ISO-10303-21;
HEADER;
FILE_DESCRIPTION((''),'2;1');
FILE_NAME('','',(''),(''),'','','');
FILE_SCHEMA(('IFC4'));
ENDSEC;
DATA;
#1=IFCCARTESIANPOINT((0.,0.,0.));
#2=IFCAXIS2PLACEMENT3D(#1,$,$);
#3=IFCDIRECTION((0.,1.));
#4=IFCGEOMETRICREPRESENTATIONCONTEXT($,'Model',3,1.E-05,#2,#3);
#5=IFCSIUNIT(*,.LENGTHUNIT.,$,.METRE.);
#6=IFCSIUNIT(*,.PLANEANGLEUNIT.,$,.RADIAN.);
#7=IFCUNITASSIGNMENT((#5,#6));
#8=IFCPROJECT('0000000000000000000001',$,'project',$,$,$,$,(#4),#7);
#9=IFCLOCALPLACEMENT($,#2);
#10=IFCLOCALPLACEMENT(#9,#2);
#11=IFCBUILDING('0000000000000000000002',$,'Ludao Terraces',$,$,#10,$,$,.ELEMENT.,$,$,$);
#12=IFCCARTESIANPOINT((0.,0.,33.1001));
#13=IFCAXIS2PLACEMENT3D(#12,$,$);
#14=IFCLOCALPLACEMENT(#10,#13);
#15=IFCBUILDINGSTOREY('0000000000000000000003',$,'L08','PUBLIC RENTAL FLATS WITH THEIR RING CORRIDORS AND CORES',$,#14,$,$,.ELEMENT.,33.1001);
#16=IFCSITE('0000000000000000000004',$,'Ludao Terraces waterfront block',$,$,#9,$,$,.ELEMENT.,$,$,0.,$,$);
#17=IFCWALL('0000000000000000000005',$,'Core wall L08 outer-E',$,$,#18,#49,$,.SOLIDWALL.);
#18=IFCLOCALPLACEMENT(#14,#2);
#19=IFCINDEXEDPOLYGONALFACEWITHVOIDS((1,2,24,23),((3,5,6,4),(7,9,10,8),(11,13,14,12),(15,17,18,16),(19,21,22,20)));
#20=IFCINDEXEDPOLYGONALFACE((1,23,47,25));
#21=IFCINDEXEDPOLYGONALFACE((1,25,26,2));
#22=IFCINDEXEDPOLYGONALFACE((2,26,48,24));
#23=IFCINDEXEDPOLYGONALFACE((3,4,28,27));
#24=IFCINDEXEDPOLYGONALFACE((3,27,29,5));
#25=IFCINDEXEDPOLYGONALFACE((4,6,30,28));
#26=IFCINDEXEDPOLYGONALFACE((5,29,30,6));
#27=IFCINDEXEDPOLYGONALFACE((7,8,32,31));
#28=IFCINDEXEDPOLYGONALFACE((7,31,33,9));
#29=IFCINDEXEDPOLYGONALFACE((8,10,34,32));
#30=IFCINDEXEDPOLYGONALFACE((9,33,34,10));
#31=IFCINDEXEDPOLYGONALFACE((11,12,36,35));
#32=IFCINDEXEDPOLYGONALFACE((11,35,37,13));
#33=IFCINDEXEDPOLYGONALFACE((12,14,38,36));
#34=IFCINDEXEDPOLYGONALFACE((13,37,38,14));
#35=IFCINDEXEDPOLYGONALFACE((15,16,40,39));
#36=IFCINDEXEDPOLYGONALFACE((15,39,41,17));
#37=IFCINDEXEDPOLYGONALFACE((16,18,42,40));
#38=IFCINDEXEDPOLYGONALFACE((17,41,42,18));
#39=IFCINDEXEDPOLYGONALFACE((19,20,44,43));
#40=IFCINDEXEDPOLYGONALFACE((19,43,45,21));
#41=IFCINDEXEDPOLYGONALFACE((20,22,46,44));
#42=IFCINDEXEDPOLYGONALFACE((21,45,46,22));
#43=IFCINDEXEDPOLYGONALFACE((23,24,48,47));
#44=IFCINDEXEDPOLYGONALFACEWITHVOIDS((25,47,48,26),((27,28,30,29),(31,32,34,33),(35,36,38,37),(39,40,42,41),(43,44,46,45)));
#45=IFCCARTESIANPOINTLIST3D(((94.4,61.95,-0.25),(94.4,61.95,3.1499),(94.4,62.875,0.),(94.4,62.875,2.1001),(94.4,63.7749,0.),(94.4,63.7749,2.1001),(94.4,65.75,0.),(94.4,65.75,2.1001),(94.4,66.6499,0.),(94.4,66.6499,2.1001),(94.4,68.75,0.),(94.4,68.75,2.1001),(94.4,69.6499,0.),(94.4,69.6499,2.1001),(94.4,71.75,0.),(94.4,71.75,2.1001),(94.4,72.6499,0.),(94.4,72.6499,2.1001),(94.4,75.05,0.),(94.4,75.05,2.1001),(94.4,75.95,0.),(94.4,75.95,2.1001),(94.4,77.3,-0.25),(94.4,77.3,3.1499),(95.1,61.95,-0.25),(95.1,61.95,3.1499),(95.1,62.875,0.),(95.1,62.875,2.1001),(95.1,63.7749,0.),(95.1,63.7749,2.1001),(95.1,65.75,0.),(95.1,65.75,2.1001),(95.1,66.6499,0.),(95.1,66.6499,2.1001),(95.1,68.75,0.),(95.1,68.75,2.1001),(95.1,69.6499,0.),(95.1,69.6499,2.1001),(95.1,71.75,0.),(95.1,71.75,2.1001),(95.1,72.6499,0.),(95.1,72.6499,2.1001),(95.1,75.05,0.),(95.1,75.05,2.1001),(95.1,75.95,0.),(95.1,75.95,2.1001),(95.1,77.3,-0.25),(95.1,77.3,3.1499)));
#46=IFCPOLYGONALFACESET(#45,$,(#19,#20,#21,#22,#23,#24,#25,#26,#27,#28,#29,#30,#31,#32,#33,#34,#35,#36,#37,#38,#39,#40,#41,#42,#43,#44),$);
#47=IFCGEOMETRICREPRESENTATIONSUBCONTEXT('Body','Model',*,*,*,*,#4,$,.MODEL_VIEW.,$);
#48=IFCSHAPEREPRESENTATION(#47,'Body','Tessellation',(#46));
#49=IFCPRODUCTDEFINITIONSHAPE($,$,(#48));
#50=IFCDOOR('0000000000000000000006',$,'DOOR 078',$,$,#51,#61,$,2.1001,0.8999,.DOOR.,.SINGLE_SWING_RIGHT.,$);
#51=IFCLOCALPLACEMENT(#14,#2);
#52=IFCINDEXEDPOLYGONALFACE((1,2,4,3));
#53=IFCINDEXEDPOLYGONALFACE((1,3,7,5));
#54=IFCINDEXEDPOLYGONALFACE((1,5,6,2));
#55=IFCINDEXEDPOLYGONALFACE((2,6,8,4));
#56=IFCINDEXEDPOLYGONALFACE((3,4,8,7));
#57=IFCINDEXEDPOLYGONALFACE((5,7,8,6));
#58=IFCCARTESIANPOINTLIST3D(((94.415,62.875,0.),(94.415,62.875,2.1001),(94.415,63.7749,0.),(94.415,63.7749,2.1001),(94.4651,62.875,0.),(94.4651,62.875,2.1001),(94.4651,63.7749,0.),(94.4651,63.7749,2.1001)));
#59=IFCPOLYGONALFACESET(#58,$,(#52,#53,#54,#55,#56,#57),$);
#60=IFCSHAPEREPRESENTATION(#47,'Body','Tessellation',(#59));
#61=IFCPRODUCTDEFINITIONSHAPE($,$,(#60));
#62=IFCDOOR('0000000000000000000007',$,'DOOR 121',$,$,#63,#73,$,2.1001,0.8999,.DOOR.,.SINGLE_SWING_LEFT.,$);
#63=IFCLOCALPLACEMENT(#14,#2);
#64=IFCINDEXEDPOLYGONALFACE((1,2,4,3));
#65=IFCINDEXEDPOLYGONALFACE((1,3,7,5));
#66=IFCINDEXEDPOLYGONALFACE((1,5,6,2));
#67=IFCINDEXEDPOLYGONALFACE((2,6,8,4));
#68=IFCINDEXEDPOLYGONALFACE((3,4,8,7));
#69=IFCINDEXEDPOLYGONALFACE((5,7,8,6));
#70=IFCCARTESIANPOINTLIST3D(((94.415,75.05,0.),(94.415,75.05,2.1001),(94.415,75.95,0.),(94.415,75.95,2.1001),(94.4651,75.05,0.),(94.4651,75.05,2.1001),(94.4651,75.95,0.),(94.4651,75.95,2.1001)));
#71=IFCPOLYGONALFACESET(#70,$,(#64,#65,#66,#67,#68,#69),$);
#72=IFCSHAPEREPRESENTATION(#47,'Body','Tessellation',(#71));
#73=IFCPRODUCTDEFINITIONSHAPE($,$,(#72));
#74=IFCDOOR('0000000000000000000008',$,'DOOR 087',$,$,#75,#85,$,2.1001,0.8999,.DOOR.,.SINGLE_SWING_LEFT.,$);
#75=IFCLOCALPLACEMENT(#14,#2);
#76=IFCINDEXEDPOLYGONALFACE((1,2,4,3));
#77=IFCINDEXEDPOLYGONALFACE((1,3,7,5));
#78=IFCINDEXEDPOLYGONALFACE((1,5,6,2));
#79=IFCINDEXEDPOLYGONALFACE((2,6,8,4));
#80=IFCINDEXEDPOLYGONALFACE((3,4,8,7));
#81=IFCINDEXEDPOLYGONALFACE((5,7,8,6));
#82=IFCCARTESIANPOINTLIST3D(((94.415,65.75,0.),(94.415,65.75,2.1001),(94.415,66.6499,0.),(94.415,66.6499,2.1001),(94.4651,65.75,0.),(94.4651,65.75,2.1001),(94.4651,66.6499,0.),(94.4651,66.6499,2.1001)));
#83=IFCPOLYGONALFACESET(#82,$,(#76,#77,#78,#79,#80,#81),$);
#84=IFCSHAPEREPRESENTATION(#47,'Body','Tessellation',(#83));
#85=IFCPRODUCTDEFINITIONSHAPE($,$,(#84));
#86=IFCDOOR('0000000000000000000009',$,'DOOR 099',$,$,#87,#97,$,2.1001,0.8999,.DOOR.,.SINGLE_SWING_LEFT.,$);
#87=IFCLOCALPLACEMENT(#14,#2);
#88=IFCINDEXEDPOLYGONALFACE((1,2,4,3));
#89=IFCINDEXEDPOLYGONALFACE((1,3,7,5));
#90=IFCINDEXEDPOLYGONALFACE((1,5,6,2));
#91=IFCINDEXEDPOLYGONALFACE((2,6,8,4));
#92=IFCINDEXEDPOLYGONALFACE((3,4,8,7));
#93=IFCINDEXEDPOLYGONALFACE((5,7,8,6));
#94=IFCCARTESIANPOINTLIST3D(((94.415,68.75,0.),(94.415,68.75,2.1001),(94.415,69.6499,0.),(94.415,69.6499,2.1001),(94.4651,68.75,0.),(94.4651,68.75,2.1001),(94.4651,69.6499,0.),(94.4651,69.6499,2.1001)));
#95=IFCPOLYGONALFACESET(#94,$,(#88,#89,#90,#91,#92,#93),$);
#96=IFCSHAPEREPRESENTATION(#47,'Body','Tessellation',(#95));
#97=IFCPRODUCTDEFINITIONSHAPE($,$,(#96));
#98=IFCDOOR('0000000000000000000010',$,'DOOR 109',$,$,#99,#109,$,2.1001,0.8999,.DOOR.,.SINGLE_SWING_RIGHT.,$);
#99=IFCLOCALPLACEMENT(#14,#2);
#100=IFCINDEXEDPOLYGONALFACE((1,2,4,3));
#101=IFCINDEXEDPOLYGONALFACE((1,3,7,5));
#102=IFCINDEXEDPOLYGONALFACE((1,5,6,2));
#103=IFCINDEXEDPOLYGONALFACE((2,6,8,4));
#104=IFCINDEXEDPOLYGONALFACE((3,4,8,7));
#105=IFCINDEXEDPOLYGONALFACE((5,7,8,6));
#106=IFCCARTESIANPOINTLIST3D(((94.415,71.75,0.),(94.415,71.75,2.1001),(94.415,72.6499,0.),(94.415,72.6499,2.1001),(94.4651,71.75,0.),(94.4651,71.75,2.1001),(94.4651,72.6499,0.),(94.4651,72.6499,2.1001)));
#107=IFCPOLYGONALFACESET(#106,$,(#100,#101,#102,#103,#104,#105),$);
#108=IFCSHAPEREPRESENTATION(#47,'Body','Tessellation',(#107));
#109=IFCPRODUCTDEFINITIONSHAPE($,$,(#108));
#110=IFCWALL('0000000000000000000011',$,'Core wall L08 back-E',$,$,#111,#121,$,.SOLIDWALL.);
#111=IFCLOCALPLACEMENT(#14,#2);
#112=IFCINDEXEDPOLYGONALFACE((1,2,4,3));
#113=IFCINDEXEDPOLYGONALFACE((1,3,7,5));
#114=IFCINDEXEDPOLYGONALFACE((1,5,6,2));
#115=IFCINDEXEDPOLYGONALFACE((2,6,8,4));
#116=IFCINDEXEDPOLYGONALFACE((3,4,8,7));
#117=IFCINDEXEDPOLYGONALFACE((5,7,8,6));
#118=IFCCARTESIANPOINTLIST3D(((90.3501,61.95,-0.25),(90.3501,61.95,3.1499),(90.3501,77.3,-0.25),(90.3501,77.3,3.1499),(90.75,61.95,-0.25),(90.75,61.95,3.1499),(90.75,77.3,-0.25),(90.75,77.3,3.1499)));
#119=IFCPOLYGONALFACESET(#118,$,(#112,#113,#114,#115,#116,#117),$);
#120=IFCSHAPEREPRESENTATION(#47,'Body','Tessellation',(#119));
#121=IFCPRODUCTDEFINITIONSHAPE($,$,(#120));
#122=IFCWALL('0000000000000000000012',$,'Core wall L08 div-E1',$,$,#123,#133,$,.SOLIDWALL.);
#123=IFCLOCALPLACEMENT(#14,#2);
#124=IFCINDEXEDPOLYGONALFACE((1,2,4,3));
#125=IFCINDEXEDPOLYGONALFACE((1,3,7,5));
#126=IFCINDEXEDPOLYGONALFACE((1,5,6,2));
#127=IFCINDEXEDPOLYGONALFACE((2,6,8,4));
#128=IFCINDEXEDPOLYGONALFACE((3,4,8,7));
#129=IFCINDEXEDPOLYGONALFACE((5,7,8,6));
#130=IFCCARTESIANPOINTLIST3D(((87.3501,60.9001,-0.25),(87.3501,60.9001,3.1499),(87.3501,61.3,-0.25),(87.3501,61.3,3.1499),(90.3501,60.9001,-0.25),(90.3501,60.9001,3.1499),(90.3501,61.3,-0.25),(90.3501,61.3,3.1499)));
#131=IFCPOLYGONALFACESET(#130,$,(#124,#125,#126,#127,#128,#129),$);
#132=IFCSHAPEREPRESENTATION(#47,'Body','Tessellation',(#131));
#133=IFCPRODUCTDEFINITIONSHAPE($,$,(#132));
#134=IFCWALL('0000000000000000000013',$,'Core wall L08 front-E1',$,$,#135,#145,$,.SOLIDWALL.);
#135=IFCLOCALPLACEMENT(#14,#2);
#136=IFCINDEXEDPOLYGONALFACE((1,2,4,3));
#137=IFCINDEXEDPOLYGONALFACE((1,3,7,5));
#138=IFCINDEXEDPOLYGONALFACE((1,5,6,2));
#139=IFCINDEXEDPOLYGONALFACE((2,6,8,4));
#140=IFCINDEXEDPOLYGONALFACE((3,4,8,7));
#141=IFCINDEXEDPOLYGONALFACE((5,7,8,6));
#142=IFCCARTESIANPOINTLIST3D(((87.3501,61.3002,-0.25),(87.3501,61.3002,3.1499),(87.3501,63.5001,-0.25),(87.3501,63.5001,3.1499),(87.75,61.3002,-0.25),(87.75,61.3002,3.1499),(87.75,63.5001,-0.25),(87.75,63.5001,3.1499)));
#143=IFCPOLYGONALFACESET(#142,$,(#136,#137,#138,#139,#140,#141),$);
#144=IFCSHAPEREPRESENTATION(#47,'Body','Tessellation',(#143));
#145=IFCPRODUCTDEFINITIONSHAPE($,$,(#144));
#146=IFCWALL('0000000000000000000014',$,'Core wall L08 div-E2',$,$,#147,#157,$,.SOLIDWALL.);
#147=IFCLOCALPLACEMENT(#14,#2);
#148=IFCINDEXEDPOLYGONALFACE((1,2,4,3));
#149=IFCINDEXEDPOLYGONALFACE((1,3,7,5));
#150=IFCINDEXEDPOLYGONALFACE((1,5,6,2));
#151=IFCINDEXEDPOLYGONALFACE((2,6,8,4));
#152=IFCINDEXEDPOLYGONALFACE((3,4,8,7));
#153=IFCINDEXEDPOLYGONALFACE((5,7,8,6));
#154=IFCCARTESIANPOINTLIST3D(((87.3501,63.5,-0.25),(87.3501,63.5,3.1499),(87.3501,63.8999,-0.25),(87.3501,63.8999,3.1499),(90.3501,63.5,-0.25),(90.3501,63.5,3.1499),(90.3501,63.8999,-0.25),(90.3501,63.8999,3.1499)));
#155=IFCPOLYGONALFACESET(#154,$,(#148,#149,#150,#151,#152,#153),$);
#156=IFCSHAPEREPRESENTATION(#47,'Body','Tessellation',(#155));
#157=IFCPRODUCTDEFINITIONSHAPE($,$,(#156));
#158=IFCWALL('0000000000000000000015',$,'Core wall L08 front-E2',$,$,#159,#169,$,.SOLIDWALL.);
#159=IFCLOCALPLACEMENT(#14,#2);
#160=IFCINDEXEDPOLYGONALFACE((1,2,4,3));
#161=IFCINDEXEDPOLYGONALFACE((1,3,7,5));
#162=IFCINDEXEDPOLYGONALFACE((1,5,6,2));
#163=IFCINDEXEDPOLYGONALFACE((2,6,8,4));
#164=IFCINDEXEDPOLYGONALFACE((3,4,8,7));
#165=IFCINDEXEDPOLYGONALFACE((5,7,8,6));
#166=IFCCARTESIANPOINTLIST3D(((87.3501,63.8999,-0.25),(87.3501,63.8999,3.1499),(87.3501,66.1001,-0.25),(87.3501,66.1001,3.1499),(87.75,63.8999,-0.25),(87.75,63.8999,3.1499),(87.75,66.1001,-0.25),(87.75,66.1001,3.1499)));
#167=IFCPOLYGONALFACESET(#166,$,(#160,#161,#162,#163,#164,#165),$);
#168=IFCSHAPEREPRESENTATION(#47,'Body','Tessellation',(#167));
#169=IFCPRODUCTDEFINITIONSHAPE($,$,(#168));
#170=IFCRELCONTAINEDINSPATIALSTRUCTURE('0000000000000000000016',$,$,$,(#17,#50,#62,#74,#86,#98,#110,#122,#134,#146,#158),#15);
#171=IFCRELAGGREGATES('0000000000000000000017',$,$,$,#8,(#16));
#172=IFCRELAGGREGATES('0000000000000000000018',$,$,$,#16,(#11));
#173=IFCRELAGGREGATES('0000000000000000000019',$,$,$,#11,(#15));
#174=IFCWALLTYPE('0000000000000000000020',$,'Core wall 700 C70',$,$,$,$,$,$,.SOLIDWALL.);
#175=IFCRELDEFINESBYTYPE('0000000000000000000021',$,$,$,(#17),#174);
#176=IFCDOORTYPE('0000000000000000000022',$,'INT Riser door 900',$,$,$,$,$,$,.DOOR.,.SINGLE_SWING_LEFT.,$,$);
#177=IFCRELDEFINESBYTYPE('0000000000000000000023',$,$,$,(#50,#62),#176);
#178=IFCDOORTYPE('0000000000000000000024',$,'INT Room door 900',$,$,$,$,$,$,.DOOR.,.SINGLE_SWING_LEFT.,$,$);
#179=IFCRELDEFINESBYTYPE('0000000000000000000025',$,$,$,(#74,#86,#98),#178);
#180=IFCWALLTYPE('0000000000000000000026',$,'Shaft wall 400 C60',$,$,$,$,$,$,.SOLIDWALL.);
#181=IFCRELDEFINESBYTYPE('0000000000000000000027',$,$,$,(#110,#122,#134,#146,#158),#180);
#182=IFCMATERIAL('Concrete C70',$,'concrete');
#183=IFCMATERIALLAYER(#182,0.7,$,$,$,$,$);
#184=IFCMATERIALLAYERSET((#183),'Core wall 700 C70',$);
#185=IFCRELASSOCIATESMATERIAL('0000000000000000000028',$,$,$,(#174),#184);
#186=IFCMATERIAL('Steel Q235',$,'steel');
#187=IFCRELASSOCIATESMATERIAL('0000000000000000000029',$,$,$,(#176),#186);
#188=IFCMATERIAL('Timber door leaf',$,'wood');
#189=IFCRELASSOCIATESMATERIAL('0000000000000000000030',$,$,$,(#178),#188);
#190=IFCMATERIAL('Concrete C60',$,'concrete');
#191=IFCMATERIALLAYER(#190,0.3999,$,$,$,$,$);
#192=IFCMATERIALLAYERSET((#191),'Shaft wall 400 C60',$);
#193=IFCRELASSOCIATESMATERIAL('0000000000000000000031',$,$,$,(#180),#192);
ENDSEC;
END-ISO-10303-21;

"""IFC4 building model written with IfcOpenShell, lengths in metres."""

from ifc_helpers import new_model, si_unit, direction, frame, frame_2d, origin, place, context, subcontext, project, spatial, rectangle, extrude, material, layer, layer_set, type_object, element, fill, save


model = new_model("IFC4")

# Units and contexts
model_context = context("Model", 3, precision=1e-05, world=origin(), true_north=direction((0.0, 1.0)))
body_context = subcontext(model_context, "Body", "Model", "MODEL_VIEW")
ifc_project = project(units=[si_unit("LENGTHUNIT", "METRE"), si_unit("PLANEANGLEUNIT", "RADIAN")], contexts=[model_context])

# Site, building, storey
site_placement = place(None, origin())
site = spatial("IfcSite", under=ifc_project, at=site_placement, Name="Ludao Terraces waterfront block", CompositionType="ELEMENT", RefElevation=0.0)
building_placement = place(site_placement, origin())
building = spatial("IfcBuilding", under=site, at=building_placement, Name="Ludao Terraces", CompositionType="ELEMENT")
storey_placement = place(building_placement, frame((0.0, 0.0, 33.1001)))
storey = spatial("IfcBuildingStorey", under=building, at=storey_placement, Name="L08", Description="PUBLIC RENTAL FLATS WITH THEIR RING CORRIDORS AND CORES", CompositionType="ELEMENT", Elevation=33.1001)

# Wall, openings, doors
ifc_material_1 = material(Name="Concrete C70", Category="concrete")
ifc_layer_1 = layer(ifc_material_1, 0.7)
ifc_layer_set_1 = layer_set([ifc_layer_1], Name="Core wall 700 C70")
wall_type_1 = type_object("IfcWallType", Name="Core wall 700 C70", PredefinedType="SOLIDWALL", material=ifc_layer_set_1)
wall_1_placement = place(storey_placement, frame((94.75, 61.95, -0.25), z_axis=(0.0, 0.0, 1.0), x_axis=(0.0, 1.0, 0.0)))
wall_1 = element("IfcWall", 1, at=wall_1_placement, inside=storey, type_object=wall_type_1, Name="Core wall L08 outer-E", PredefinedType="SOLIDWALL", context=body_context, shape_type="SweptSolid", body=[
    extrude(rectangle(XDim=15.3501, YDim=0.7, at=frame_2d((7.675, 0.0))), origin(), (0.0, 0.0, 1.0), 3.3999),
])
opening_1_placement = place(wall_1_placement, frame((0.925, 0.0, 0.25)))
opening_1 = element("IfcOpeningElement", 2, at=opening_1_placement, cuts=wall_1, PredefinedType="OPENING", context=body_context, shape_type="SweptSolid", body=[
    extrude(rectangle(XDim=0.8999, YDim=2.1001, at=frame_2d((0.45, 1.05))), frame((0.0, 0.3599, 0.0), z_axis=(0.0, -1.0, 0.0), x_axis=(1.0, 0.0, 0.0)), (0.0, 0.0, 1.0), 0.72),
])
opening_2_placement = place(wall_1_placement, frame((3.8, 0.0, 0.25)))
opening_2 = element("IfcOpeningElement", 3, at=opening_2_placement, cuts=wall_1, PredefinedType="OPENING", context=body_context, shape_type="SweptSolid", body=[
    extrude(rectangle(XDim=0.8999, YDim=2.1001, at=frame_2d((0.45, 1.05))), frame((0.0, 0.3599, 0.0), z_axis=(0.0, -1.0, 0.0), x_axis=(1.0, 0.0, 0.0)), (0.0, 0.0, 1.0), 0.72),
])
opening_3_placement = place(wall_1_placement, frame((6.8, 0.0, 0.25)))
opening_3 = element("IfcOpeningElement", 4, at=opening_3_placement, cuts=wall_1, PredefinedType="OPENING", context=body_context, shape_type="SweptSolid", body=[
    extrude(rectangle(XDim=0.8999, YDim=2.1001, at=frame_2d((0.45, 1.05))), frame((0.0, 0.3599, 0.0), z_axis=(0.0, -1.0, 0.0), x_axis=(1.0, 0.0, 0.0)), (0.0, 0.0, 1.0), 0.72),
])
opening_4_placement = place(wall_1_placement, frame((9.8, 0.0, 0.25)))
opening_4 = element("IfcOpeningElement", 5, at=opening_4_placement, cuts=wall_1, PredefinedType="OPENING", context=body_context, shape_type="SweptSolid", body=[
    extrude(rectangle(XDim=0.8999, YDim=2.1001, at=frame_2d((0.45, 1.05))), frame((0.0, 0.3599, 0.0), z_axis=(0.0, -1.0, 0.0), x_axis=(1.0, 0.0, 0.0)), (0.0, 0.0, 1.0), 0.72),
])
opening_5_placement = place(wall_1_placement, frame((13.1001, 0.0, 0.25)))
opening_5 = element("IfcOpeningElement", 6, at=opening_5_placement, cuts=wall_1, PredefinedType="OPENING", context=body_context, shape_type="SweptSolid", body=[
    extrude(rectangle(XDim=0.8999, YDim=2.1001, at=frame_2d((0.45, 1.05))), frame((0.0, 0.3599, 0.0), z_axis=(0.0, -1.0, 0.0), x_axis=(1.0, 0.0, 0.0)), (0.0, 0.0, 1.0), 0.72),
])
ifc_material_2 = material(Name="Steel Q235", Category="steel")
door_type_1 = type_object("IfcDoorType", Name="INT Riser door 900", OperationType="SINGLE_SWING_LEFT", PredefinedType="DOOR", material=ifc_material_2)
door_1_placement = place(opening_1_placement, origin())
door_1 = element("IfcDoor", 7, at=door_1_placement, inside=storey, type_object=door_type_1, Name="DOOR 078", OperationType="SINGLE_SWING_RIGHT", OverallHeight=2.1001, OverallWidth=0.8999, PredefinedType="DOOR", context=body_context, shape_type="SweptSolid", body=[
    extrude(rectangle(XDim=0.8999, YDim=2.1001, at=frame_2d((0.45, 1.05))), frame((0.0, 0.335, 0.0), z_axis=(0.0, -1.0, 0.0), x_axis=(1.0, 0.0, 0.0)), (0.0, 0.0, 1.0), 0.05),
])
fill(opening_1, door_1)
door_2_placement = place(opening_5_placement, origin())
door_2 = element("IfcDoor", 8, at=door_2_placement, inside=storey, type_object=door_type_1, Name="DOOR 121", OperationType="SINGLE_SWING_LEFT", OverallHeight=2.1001, OverallWidth=0.8999, PredefinedType="DOOR", context=body_context, shape_type="SweptSolid", body=[
    extrude(rectangle(XDim=0.8999, YDim=2.1001, at=frame_2d((0.45, 1.05))), frame((0.0, 0.335, 0.0), z_axis=(0.0, -1.0, 0.0), x_axis=(1.0, 0.0, 0.0)), (0.0, 0.0, 1.0), 0.05),
])
fill(opening_5, door_2)
ifc_material_3 = material(Name="Timber door leaf", Category="wood")
door_type_2 = type_object("IfcDoorType", Name="INT Room door 900", OperationType="SINGLE_SWING_LEFT", PredefinedType="DOOR", material=ifc_material_3)
door_3_placement = place(opening_2_placement, origin())
door_3 = element("IfcDoor", 9, at=door_3_placement, inside=storey, type_object=door_type_2, Name="DOOR 087", OperationType="SINGLE_SWING_LEFT", OverallHeight=2.1001, OverallWidth=0.8999, PredefinedType="DOOR", context=body_context, shape_type="SweptSolid", body=[
    extrude(rectangle(XDim=0.8999, YDim=2.1001, at=frame_2d((0.45, 1.05))), frame((0.0, 0.335, 0.0), z_axis=(0.0, -1.0, 0.0), x_axis=(1.0, 0.0, 0.0)), (0.0, 0.0, 1.0), 0.05),
])
fill(opening_2, door_3)
door_4_placement = place(opening_3_placement, origin())
door_4 = element("IfcDoor", 10, at=door_4_placement, inside=storey, type_object=door_type_2, Name="DOOR 099", OperationType="SINGLE_SWING_LEFT", OverallHeight=2.1001, OverallWidth=0.8999, PredefinedType="DOOR", context=body_context, shape_type="SweptSolid", body=[
    extrude(rectangle(XDim=0.8999, YDim=2.1001, at=frame_2d((0.45, 1.05))), frame((0.0, 0.335, 0.0), z_axis=(0.0, -1.0, 0.0), x_axis=(1.0, 0.0, 0.0)), (0.0, 0.0, 1.0), 0.05),
])
fill(opening_3, door_4)
door_5_placement = place(opening_4_placement, origin())
door_5 = element("IfcDoor", 11, at=door_5_placement, inside=storey, type_object=door_type_2, Name="DOOR 109", OperationType="SINGLE_SWING_RIGHT", OverallHeight=2.1001, OverallWidth=0.8999, PredefinedType="DOOR", context=body_context, shape_type="SweptSolid", body=[
    extrude(rectangle(XDim=0.8999, YDim=2.1001, at=frame_2d((0.45, 1.05))), frame((0.0, 0.335, 0.0), z_axis=(0.0, -1.0, 0.0), x_axis=(1.0, 0.0, 0.0)), (0.0, 0.0, 1.0), 0.05),
])
fill(opening_4, door_5)

# Walls
ifc_material_4 = material(Name="Concrete C60", Category="concrete")
ifc_layer_2 = layer(ifc_material_4, 0.3999)
ifc_layer_set_2 = layer_set([ifc_layer_2], Name="Shaft wall 400 C60")
wall_type_2 = type_object("IfcWallType", Name="Shaft wall 400 C60", PredefinedType="SOLIDWALL", material=ifc_layer_set_2)
wall_2_placement = place(storey_placement, frame((90.55, 61.95, -0.25), z_axis=(0.0, 0.0, 1.0), x_axis=(0.0, 1.0, 0.0)))
element("IfcWall", 12, at=wall_2_placement, inside=storey, type_object=wall_type_2, Name="Core wall L08 back-E", PredefinedType="SOLIDWALL", context=body_context, shape_type="SweptSolid", body=[
    extrude(rectangle(XDim=15.3501, YDim=0.3999, at=frame_2d((7.675, 0.0))), origin(), (0.0, 0.0, 1.0), 3.3999),
])
wall_3_placement = place(storey_placement, frame((87.3501, 61.1001, -0.25), z_axis=(0.0, 0.0, 1.0), x_axis=(1.0, 0.0, 0.0)))
element("IfcWall", 13, at=wall_3_placement, inside=storey, type_object=wall_type_2, Name="Core wall L08 div-E1", PredefinedType="SOLIDWALL", context=body_context, shape_type="SweptSolid", body=[
    extrude(rectangle(XDim=3.0, YDim=0.3999, at=frame_2d((1.5, 0.0))), origin(), (0.0, 0.0, 1.0), 3.3999),
])
wall_4_placement = place(storey_placement, frame((87.55, 61.3, -0.25), z_axis=(0.0, 0.0, 1.0), x_axis=(0.0, 1.0, 0.0)))
element("IfcWall", 14, at=wall_4_placement, inside=storey, type_object=wall_type_2, Name="Core wall L08 front-E1", PredefinedType="SOLIDWALL", context=body_context, shape_type="SweptSolid", body=[
    extrude(rectangle(XDim=2.2, YDim=0.3999, at=frame_2d((1.1001, 0.0))), origin(), (0.0, 0.0, 1.0), 3.3999),
])
wall_5_placement = place(storey_placement, frame((87.3501, 63.7, -0.25), z_axis=(0.0, 0.0, 1.0), x_axis=(1.0, 0.0, 0.0)))
element("IfcWall", 15, at=wall_5_placement, inside=storey, type_object=wall_type_2, Name="Core wall L08 div-E2", PredefinedType="SOLIDWALL", context=body_context, shape_type="SweptSolid", body=[
    extrude(rectangle(XDim=3.0, YDim=0.3999, at=frame_2d((1.5, 0.0))), origin(), (0.0, 0.0, 1.0), 3.3999),
])
wall_6_placement = place(storey_placement, frame((87.55, 63.8999, -0.25), z_axis=(0.0, 0.0, 1.0), x_axis=(0.0, 1.0, 0.0)))
element("IfcWall", 16, at=wall_6_placement, inside=storey, type_object=wall_type_2, Name="Core wall L08 front-E2", PredefinedType="SOLIDWALL", context=body_context, shape_type="SweptSolid", body=[
    extrude(rectangle(XDim=2.2002, YDim=0.3999, at=frame_2d((1.1001, 0.0))), origin(), (0.0, 0.0, 1.0), 3.3999),
])

save(model, "model.ifc")
